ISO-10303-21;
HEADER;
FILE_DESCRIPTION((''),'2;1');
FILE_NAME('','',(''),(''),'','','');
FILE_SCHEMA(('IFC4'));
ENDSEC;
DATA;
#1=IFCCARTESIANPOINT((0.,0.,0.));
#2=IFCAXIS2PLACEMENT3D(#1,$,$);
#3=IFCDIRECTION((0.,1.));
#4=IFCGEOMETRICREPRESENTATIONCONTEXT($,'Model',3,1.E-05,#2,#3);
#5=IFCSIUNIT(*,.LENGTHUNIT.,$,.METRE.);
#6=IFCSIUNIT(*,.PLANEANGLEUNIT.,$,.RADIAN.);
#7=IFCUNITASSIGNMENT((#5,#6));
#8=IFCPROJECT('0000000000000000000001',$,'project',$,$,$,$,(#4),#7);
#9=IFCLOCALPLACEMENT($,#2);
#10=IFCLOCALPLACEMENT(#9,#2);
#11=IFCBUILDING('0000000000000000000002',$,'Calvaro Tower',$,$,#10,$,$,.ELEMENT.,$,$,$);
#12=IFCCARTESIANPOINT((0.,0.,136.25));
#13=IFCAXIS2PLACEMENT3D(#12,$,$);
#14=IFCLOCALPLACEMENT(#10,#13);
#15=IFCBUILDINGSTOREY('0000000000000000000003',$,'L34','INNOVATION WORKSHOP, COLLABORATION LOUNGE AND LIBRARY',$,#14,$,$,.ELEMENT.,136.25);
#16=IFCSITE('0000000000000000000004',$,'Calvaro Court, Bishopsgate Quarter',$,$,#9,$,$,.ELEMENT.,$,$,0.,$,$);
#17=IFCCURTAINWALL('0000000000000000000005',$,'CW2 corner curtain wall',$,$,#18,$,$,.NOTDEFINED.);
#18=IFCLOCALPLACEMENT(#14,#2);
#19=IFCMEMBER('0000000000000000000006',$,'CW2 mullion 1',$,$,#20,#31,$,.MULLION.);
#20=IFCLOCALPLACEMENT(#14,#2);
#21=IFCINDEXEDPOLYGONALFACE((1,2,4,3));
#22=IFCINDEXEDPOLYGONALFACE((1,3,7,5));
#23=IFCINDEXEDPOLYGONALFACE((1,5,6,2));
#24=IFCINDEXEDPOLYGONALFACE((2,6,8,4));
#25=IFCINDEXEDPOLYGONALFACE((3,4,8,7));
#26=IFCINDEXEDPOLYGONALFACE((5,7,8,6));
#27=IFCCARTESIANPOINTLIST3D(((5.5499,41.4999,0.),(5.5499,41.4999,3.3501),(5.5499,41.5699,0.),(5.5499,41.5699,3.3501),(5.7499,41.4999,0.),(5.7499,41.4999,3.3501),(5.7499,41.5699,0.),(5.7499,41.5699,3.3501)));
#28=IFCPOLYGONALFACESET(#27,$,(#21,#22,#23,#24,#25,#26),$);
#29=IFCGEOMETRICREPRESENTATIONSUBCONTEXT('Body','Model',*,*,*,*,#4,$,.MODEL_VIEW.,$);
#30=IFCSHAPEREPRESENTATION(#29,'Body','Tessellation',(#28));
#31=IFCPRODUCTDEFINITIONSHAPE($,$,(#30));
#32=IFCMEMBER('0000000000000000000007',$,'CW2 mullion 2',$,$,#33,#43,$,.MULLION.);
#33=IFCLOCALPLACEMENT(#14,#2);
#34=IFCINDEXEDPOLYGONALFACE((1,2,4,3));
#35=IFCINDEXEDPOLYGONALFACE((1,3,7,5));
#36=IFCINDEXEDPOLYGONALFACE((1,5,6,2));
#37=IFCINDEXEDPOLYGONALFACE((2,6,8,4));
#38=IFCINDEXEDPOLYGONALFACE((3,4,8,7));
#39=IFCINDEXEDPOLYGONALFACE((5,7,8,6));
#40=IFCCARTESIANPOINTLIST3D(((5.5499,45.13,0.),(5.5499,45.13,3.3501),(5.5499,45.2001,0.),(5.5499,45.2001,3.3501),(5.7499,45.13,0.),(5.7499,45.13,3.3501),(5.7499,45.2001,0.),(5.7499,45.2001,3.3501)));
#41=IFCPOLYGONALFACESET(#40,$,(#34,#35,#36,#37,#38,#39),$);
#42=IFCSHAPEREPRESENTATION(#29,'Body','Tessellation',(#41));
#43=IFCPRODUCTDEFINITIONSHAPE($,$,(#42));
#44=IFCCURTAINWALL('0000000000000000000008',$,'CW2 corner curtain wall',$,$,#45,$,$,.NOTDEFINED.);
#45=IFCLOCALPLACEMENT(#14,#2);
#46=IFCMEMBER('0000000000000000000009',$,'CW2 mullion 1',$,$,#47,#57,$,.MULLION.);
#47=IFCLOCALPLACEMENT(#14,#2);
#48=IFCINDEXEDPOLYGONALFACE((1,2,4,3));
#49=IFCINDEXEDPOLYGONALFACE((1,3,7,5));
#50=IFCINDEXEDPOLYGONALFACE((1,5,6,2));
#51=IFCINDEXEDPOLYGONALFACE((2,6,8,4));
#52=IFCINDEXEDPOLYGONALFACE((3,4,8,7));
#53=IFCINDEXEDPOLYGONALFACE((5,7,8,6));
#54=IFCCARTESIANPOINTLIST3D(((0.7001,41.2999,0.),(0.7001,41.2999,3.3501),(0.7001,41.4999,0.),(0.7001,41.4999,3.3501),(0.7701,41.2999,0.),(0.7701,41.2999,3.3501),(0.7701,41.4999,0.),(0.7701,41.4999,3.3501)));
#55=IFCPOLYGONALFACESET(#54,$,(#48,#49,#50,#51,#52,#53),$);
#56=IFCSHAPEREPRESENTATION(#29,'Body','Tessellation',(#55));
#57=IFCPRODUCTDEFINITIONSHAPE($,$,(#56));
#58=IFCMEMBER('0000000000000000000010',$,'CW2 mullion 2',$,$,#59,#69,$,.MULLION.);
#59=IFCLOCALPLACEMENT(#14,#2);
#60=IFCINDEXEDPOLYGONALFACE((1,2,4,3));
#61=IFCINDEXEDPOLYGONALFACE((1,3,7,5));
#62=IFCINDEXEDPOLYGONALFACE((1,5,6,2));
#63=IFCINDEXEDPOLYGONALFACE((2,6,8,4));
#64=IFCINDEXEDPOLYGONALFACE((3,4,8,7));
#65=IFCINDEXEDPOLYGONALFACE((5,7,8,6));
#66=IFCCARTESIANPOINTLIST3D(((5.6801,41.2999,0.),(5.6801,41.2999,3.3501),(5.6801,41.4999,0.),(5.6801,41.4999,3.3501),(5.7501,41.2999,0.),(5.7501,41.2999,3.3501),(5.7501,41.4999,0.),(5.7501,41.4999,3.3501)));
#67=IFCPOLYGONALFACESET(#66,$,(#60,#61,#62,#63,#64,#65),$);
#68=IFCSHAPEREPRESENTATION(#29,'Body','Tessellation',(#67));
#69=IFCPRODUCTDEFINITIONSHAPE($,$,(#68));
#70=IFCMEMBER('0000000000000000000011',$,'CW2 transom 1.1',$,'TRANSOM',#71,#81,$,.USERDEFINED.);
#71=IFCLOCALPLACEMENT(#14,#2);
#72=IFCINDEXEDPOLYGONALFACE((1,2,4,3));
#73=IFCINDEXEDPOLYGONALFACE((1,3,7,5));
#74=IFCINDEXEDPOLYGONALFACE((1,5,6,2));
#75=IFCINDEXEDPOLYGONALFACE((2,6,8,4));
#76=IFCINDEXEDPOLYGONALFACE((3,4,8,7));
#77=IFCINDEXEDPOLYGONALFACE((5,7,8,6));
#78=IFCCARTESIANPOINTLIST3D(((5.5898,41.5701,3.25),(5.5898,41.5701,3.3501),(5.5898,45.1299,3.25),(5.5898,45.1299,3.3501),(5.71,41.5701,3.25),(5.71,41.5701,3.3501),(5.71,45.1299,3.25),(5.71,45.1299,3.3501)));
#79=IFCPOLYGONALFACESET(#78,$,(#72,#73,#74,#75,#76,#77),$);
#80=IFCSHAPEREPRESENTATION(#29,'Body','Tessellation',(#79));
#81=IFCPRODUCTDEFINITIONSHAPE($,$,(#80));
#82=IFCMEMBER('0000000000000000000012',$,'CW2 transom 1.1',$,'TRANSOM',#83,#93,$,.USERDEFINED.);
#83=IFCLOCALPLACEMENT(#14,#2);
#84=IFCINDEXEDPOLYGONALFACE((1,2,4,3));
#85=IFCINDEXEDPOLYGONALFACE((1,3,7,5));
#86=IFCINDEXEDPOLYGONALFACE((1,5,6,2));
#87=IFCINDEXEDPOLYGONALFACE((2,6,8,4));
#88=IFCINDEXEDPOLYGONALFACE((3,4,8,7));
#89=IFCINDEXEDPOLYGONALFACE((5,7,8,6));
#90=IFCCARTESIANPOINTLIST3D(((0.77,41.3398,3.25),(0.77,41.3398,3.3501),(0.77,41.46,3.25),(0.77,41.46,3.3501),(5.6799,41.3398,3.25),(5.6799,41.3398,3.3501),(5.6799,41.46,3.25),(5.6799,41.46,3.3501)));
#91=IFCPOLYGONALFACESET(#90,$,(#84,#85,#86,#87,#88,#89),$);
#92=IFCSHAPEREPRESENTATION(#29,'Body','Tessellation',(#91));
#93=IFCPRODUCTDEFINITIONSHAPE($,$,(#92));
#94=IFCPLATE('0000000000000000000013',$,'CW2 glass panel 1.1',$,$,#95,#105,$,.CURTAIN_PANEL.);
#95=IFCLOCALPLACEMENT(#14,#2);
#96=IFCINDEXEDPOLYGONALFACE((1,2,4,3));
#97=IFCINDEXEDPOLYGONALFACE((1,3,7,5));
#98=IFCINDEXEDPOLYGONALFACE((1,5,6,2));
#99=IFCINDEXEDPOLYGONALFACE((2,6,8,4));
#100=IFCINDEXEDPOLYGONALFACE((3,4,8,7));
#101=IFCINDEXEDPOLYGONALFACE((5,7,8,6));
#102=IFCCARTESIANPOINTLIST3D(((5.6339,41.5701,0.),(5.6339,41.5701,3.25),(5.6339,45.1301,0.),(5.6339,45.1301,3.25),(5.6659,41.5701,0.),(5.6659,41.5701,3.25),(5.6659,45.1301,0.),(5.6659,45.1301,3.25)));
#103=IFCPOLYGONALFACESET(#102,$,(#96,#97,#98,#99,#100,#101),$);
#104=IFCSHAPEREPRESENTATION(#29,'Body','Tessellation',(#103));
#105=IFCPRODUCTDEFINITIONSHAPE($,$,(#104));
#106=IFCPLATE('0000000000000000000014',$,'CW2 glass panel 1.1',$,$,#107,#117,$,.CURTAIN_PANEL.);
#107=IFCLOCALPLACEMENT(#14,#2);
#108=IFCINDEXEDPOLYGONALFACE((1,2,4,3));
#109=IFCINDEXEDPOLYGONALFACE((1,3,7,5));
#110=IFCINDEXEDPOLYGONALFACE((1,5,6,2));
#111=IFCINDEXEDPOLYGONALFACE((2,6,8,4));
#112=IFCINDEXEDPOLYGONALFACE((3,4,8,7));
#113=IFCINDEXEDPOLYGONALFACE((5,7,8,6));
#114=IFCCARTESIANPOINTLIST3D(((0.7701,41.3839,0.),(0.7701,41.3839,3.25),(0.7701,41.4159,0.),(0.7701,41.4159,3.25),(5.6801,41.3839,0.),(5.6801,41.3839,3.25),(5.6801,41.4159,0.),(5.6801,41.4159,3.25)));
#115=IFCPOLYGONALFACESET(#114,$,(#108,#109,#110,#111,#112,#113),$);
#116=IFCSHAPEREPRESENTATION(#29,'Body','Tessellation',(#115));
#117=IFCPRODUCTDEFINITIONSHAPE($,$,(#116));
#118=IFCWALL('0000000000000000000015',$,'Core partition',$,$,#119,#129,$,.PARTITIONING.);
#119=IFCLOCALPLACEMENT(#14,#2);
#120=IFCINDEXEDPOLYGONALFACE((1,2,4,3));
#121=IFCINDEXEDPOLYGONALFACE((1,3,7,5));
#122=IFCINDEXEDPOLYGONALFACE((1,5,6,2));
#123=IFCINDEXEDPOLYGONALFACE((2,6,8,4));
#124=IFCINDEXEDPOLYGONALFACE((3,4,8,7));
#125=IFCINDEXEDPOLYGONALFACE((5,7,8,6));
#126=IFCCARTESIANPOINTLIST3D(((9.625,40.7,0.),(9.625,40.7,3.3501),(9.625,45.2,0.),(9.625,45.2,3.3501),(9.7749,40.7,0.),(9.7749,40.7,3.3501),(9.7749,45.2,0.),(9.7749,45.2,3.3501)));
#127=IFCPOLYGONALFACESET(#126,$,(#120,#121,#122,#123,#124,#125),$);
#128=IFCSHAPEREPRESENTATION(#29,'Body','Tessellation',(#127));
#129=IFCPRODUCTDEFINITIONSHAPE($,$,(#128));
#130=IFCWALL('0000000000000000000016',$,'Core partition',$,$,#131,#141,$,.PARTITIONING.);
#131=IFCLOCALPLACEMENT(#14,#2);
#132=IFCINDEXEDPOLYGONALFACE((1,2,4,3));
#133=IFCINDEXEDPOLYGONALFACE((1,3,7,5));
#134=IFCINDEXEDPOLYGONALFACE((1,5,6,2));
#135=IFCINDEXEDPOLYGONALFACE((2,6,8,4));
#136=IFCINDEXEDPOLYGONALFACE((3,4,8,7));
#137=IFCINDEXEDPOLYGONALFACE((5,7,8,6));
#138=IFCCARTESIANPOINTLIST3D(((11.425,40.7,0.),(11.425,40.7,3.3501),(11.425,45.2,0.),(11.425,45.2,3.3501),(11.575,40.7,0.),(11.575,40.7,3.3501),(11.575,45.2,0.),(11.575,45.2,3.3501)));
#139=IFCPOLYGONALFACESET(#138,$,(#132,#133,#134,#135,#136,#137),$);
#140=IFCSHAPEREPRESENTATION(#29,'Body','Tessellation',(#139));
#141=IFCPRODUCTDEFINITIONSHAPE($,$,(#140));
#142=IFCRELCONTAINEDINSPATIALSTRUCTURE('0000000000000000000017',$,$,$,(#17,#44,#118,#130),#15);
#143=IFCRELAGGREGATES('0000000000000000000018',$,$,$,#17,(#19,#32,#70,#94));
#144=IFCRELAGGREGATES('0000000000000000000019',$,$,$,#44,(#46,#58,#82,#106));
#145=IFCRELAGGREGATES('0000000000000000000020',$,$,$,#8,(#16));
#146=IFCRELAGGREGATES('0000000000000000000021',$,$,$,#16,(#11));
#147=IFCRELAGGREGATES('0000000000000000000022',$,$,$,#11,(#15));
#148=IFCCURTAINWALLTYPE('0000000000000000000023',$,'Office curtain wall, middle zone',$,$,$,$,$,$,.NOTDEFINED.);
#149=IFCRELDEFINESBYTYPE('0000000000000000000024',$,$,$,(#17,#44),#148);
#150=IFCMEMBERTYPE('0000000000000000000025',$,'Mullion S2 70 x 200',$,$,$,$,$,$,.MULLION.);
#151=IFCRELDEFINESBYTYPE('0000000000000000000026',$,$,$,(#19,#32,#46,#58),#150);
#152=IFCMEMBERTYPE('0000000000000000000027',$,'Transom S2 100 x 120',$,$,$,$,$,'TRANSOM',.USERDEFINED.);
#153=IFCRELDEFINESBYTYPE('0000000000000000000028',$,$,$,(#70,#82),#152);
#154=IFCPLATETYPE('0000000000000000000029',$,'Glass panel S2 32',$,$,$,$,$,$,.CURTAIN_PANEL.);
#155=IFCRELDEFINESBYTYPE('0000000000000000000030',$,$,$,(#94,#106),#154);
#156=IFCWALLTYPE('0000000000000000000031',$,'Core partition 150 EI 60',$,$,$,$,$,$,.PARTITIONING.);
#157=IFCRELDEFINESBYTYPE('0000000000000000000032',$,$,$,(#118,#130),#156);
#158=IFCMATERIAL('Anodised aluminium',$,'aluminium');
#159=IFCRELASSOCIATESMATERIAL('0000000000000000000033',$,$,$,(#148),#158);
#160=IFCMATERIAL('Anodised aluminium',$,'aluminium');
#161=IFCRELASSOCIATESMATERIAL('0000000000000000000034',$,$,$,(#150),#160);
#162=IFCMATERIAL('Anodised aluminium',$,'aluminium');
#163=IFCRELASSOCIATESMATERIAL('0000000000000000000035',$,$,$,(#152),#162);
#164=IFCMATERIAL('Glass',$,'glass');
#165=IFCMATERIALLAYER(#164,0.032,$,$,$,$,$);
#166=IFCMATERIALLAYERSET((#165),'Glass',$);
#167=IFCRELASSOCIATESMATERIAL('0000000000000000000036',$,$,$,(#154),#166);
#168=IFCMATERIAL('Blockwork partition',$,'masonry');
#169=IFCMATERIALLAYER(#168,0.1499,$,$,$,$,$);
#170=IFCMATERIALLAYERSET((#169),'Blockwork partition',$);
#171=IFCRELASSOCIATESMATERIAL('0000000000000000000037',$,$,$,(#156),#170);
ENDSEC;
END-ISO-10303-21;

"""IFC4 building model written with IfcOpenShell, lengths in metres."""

from ifc_helpers import new_model, si_unit, direction, frame, frame_2d, origin, origin_2d, place, context, subcontext, project, spatial, rectangle, extrude, material, layer, layer_set, material_profile, profile_set, type_object, element, aggregate, save


model = new_model("IFC4")

# Units and contexts
model_context = context("Model", 3, precision=1e-05, world=origin(), true_north=direction((0.0, 1.0)))
body_context = subcontext(model_context, "Body", "Model", "MODEL_VIEW")
ifc_project = project(units=[si_unit("LENGTHUNIT", "METRE"), si_unit("PLANEANGLEUNIT", "RADIAN")], contexts=[model_context])

# Site, building, storey
site_placement = place(None, origin())
site = spatial("IfcSite", under=ifc_project, at=site_placement, Name="Calvaro Court, Bishopsgate Quarter", CompositionType="ELEMENT", RefElevation=0.0)
building_placement = place(site_placement, origin())
building = spatial("IfcBuilding", under=site, at=building_placement, Name="Calvaro Tower", CompositionType="ELEMENT")
storey_placement = place(building_placement, frame((0.0, 0.0, 136.25)))
storey = spatial("IfcBuildingStorey", under=building, at=storey_placement, Name="L34", Description="INNOVATION WORKSHOP, COLLABORATION LOUNGE AND LIBRARY", CompositionType="ELEMENT", Elevation=136.25)

# Curtain walls, members
ifc_material_1 = material(Name="Anodised aluminium", Category="aluminium")
curtain_wall_type = type_object("IfcCurtainWallType", Name="Office curtain wall, middle zone", PredefinedType="NOTDEFINED", material=ifc_material_1)
curtain_wall_1_placement = place(storey_placement, origin())
curtain_wall_1 = element("IfcCurtainWall", 1, at=curtain_wall_1_placement, inside=storey, type_object=curtain_wall_type, Name="CW2 corner curtain wall", PredefinedType="NOTDEFINED")
ifc_material_2 = material(Name="Anodised aluminium", Category="aluminium")
ifc_material_profile_1 = material_profile(ifc_material_2, rectangle(XDim=0.2, YDim=0.0701, at=origin_2d()), Name="Mullion S2 70 x 200")
ifc_profile_set_1 = profile_set([ifc_material_profile_1], Name="Anodised aluminium")
member_type_1 = type_object("IfcMemberType", Name="Mullion S2 70 x 200", PredefinedType="MULLION", material=ifc_profile_set_1)
member_1_placement = place(storey_placement, frame((5.6499, 41.5349, 0.0), z_axis=(0.0, 0.0, 1.0), x_axis=(-1.0, 0.0, 0.0)))
member_1 = element("IfcMember", 2, at=member_1_placement, type_object=member_type_1, Name="CW2 mullion 1", PredefinedType="MULLION", context=body_context, shape_type="SweptSolid", body=[
    extrude(rectangle(XDim=0.2, YDim=0.0701, at=origin_2d()), origin(), (0.0, 0.0, 1.0), 3.3501),
])
member_2_placement = place(storey_placement, frame((5.6499, 45.165, 0.0), z_axis=(0.0, 0.0, 1.0), x_axis=(-1.0, 0.0, 0.0)))
member_2 = element("IfcMember", 3, at=member_2_placement, type_object=member_type_1, Name="CW2 mullion 2", PredefinedType="MULLION", context=body_context, shape_type="SweptSolid", body=[
    extrude(rectangle(XDim=0.2, YDim=0.0701, at=origin_2d()), origin(), (0.0, 0.0, 1.0), 3.3501),
])
curtain_wall_2_placement = place(storey_placement, origin())
curtain_wall_2 = element("IfcCurtainWall", 4, at=curtain_wall_2_placement, inside=storey, type_object=curtain_wall_type, Name="CW2 corner curtain wall", PredefinedType="NOTDEFINED")
member_3_placement = place(storey_placement, frame((0.7351, 41.3999, 0.0), z_axis=(0.0, 0.0, 1.0), x_axis=(0.0, 1.0, 0.0)))
member_3 = element("IfcMember", 5, at=member_3_placement, type_object=member_type_1, Name="CW2 mullion 1", PredefinedType="MULLION", context=body_context, shape_type="SweptSolid", body=[
    extrude(rectangle(XDim=0.2, YDim=0.0701, at=origin_2d()), origin(), (0.0, 0.0, 1.0), 3.3501),
])
member_4_placement = place(storey_placement, frame((5.7151, 41.3999, 0.0), z_axis=(0.0, 0.0, 1.0), x_axis=(0.0, 1.0, 0.0)))
member_4 = element("IfcMember", 6, at=member_4_placement, type_object=member_type_1, Name="CW2 mullion 2", PredefinedType="MULLION", context=body_context, shape_type="SweptSolid", body=[
    extrude(rectangle(XDim=0.2, YDim=0.0701, at=origin_2d()), origin(), (0.0, 0.0, 1.0), 3.3501),
])

# Members
ifc_material_3 = material(Name="Anodised aluminium", Category="aluminium")
ifc_material_profile_2 = material_profile(ifc_material_3, rectangle(XDim=0.1201, YDim=0.1001, at=origin_2d()), Name="Transom S2 100 x 120")
ifc_profile_set_2 = profile_set([ifc_material_profile_2], Name="Anodised aluminium")
member_type_2 = type_object("IfcMemberType", Name="Transom S2 100 x 120", ElementType="TRANSOM", PredefinedType="USERDEFINED", material=ifc_profile_set_2)
member_5_placement = place(storey_placement, frame((5.6499, 41.5701, 3.3), z_axis=(0.0, 1.0, 0.0), x_axis=(-1.0, 0.0, 0.0)))
member_5 = element("IfcMember", 7, at=member_5_placement, type_object=member_type_2, Name="CW2 transom 1.1", ObjectType="TRANSOM", PredefinedType="USERDEFINED", context=body_context, shape_type="SweptSolid", body=[
    extrude(rectangle(XDim=0.1201, YDim=0.1001, at=origin_2d()), origin(), (0.0, 0.0, 1.0), 3.5598),
])
member_6_placement = place(storey_placement, frame((0.77, 41.3999, 3.3), z_axis=(1.0, 0.0, 0.0), x_axis=(0.0, 1.0, 0.0)))
member_6 = element("IfcMember", 8, at=member_6_placement, type_object=member_type_2, Name="CW2 transom 1.1", ObjectType="TRANSOM", PredefinedType="USERDEFINED", context=body_context, shape_type="SweptSolid", body=[
    extrude(rectangle(XDim=0.1201, YDim=0.1001, at=origin_2d()), origin(), (0.0, 0.0, 1.0), 4.9099),
])

# Plates
ifc_material_4 = material(Name="Glass", Category="glass")
ifc_layer_1 = layer(ifc_material_4, 0.032)
ifc_layer_set_1 = layer_set([ifc_layer_1], Name="Glass")
plate_type = type_object("IfcPlateType", Name="Glass panel S2 32", PredefinedType="CURTAIN_PANEL", material=ifc_layer_set_1)
plate_1_placement = place(storey_placement, frame((5.6499, 43.3501, 0.0), z_axis=(0.0, 0.0, 1.0), x_axis=(0.0, 1.0, 0.0)))
plate_1 = element("IfcPlate", 9, at=plate_1_placement, type_object=plate_type, Name="CW2 glass panel 1.1", PredefinedType="CURTAIN_PANEL", context=body_context, shape_type="SweptSolid", body=[
    extrude(rectangle(XDim=3.5601, YDim=0.032, at=origin_2d()), origin(), (0.0, 0.0, 1.0), 3.25),
])
aggregate(curtain_wall_1, [member_1, member_2, member_5, plate_1])
plate_2_placement = place(storey_placement, frame((3.2251, 41.3999, 0.0), z_axis=(0.0, 0.0, 1.0), x_axis=(1.0, 0.0, 0.0)))
plate_2 = element("IfcPlate", 10, at=plate_2_placement, type_object=plate_type, Name="CW2 glass panel 1.1", PredefinedType="CURTAIN_PANEL", context=body_context, shape_type="SweptSolid", body=[
    extrude(rectangle(XDim=4.9099, YDim=0.032, at=origin_2d()), origin(), (0.0, 0.0, 1.0), 3.25),
])
aggregate(curtain_wall_2, [member_3, member_4, member_6, plate_2])

# Walls
ifc_material_5 = material(Name="Blockwork partition", Category="masonry")
ifc_layer_2 = layer(ifc_material_5, 0.1499)
ifc_layer_set_2 = layer_set([ifc_layer_2], Name="Blockwork partition")
wall_type_1 = type_object("IfcWallType", Name="Core partition 150 EI 60", PredefinedType="PARTITIONING", material=ifc_layer_set_2)
for number, where, z_axis, x_axis, name in (
    (11, (9.7, 40.7, 0.0), (0.0, 0.0, 1.0), (0.0, 1.0, 0.0), "Core partition"),
    (12, (11.5, 40.7, 0.0), (0.0, 0.0, 1.0), (0.0, 1.0, 0.0), "Core partition"),
):
    element("IfcWall", number, at=place(storey_placement, frame(where, z_axis=z_axis, x_axis=x_axis)), inside=storey, type_object=wall_type_1, Name=name, PredefinedType="PARTITIONING", context=body_context, shape_type="SweptSolid", body=[
        extrude(rectangle(XDim=4.5, YDim=0.1499, at=frame_2d((2.25, 0.0))), origin(), (0.0, 0.0, 1.0), 3.3501),
    ])

save(model, "model.ifc")
